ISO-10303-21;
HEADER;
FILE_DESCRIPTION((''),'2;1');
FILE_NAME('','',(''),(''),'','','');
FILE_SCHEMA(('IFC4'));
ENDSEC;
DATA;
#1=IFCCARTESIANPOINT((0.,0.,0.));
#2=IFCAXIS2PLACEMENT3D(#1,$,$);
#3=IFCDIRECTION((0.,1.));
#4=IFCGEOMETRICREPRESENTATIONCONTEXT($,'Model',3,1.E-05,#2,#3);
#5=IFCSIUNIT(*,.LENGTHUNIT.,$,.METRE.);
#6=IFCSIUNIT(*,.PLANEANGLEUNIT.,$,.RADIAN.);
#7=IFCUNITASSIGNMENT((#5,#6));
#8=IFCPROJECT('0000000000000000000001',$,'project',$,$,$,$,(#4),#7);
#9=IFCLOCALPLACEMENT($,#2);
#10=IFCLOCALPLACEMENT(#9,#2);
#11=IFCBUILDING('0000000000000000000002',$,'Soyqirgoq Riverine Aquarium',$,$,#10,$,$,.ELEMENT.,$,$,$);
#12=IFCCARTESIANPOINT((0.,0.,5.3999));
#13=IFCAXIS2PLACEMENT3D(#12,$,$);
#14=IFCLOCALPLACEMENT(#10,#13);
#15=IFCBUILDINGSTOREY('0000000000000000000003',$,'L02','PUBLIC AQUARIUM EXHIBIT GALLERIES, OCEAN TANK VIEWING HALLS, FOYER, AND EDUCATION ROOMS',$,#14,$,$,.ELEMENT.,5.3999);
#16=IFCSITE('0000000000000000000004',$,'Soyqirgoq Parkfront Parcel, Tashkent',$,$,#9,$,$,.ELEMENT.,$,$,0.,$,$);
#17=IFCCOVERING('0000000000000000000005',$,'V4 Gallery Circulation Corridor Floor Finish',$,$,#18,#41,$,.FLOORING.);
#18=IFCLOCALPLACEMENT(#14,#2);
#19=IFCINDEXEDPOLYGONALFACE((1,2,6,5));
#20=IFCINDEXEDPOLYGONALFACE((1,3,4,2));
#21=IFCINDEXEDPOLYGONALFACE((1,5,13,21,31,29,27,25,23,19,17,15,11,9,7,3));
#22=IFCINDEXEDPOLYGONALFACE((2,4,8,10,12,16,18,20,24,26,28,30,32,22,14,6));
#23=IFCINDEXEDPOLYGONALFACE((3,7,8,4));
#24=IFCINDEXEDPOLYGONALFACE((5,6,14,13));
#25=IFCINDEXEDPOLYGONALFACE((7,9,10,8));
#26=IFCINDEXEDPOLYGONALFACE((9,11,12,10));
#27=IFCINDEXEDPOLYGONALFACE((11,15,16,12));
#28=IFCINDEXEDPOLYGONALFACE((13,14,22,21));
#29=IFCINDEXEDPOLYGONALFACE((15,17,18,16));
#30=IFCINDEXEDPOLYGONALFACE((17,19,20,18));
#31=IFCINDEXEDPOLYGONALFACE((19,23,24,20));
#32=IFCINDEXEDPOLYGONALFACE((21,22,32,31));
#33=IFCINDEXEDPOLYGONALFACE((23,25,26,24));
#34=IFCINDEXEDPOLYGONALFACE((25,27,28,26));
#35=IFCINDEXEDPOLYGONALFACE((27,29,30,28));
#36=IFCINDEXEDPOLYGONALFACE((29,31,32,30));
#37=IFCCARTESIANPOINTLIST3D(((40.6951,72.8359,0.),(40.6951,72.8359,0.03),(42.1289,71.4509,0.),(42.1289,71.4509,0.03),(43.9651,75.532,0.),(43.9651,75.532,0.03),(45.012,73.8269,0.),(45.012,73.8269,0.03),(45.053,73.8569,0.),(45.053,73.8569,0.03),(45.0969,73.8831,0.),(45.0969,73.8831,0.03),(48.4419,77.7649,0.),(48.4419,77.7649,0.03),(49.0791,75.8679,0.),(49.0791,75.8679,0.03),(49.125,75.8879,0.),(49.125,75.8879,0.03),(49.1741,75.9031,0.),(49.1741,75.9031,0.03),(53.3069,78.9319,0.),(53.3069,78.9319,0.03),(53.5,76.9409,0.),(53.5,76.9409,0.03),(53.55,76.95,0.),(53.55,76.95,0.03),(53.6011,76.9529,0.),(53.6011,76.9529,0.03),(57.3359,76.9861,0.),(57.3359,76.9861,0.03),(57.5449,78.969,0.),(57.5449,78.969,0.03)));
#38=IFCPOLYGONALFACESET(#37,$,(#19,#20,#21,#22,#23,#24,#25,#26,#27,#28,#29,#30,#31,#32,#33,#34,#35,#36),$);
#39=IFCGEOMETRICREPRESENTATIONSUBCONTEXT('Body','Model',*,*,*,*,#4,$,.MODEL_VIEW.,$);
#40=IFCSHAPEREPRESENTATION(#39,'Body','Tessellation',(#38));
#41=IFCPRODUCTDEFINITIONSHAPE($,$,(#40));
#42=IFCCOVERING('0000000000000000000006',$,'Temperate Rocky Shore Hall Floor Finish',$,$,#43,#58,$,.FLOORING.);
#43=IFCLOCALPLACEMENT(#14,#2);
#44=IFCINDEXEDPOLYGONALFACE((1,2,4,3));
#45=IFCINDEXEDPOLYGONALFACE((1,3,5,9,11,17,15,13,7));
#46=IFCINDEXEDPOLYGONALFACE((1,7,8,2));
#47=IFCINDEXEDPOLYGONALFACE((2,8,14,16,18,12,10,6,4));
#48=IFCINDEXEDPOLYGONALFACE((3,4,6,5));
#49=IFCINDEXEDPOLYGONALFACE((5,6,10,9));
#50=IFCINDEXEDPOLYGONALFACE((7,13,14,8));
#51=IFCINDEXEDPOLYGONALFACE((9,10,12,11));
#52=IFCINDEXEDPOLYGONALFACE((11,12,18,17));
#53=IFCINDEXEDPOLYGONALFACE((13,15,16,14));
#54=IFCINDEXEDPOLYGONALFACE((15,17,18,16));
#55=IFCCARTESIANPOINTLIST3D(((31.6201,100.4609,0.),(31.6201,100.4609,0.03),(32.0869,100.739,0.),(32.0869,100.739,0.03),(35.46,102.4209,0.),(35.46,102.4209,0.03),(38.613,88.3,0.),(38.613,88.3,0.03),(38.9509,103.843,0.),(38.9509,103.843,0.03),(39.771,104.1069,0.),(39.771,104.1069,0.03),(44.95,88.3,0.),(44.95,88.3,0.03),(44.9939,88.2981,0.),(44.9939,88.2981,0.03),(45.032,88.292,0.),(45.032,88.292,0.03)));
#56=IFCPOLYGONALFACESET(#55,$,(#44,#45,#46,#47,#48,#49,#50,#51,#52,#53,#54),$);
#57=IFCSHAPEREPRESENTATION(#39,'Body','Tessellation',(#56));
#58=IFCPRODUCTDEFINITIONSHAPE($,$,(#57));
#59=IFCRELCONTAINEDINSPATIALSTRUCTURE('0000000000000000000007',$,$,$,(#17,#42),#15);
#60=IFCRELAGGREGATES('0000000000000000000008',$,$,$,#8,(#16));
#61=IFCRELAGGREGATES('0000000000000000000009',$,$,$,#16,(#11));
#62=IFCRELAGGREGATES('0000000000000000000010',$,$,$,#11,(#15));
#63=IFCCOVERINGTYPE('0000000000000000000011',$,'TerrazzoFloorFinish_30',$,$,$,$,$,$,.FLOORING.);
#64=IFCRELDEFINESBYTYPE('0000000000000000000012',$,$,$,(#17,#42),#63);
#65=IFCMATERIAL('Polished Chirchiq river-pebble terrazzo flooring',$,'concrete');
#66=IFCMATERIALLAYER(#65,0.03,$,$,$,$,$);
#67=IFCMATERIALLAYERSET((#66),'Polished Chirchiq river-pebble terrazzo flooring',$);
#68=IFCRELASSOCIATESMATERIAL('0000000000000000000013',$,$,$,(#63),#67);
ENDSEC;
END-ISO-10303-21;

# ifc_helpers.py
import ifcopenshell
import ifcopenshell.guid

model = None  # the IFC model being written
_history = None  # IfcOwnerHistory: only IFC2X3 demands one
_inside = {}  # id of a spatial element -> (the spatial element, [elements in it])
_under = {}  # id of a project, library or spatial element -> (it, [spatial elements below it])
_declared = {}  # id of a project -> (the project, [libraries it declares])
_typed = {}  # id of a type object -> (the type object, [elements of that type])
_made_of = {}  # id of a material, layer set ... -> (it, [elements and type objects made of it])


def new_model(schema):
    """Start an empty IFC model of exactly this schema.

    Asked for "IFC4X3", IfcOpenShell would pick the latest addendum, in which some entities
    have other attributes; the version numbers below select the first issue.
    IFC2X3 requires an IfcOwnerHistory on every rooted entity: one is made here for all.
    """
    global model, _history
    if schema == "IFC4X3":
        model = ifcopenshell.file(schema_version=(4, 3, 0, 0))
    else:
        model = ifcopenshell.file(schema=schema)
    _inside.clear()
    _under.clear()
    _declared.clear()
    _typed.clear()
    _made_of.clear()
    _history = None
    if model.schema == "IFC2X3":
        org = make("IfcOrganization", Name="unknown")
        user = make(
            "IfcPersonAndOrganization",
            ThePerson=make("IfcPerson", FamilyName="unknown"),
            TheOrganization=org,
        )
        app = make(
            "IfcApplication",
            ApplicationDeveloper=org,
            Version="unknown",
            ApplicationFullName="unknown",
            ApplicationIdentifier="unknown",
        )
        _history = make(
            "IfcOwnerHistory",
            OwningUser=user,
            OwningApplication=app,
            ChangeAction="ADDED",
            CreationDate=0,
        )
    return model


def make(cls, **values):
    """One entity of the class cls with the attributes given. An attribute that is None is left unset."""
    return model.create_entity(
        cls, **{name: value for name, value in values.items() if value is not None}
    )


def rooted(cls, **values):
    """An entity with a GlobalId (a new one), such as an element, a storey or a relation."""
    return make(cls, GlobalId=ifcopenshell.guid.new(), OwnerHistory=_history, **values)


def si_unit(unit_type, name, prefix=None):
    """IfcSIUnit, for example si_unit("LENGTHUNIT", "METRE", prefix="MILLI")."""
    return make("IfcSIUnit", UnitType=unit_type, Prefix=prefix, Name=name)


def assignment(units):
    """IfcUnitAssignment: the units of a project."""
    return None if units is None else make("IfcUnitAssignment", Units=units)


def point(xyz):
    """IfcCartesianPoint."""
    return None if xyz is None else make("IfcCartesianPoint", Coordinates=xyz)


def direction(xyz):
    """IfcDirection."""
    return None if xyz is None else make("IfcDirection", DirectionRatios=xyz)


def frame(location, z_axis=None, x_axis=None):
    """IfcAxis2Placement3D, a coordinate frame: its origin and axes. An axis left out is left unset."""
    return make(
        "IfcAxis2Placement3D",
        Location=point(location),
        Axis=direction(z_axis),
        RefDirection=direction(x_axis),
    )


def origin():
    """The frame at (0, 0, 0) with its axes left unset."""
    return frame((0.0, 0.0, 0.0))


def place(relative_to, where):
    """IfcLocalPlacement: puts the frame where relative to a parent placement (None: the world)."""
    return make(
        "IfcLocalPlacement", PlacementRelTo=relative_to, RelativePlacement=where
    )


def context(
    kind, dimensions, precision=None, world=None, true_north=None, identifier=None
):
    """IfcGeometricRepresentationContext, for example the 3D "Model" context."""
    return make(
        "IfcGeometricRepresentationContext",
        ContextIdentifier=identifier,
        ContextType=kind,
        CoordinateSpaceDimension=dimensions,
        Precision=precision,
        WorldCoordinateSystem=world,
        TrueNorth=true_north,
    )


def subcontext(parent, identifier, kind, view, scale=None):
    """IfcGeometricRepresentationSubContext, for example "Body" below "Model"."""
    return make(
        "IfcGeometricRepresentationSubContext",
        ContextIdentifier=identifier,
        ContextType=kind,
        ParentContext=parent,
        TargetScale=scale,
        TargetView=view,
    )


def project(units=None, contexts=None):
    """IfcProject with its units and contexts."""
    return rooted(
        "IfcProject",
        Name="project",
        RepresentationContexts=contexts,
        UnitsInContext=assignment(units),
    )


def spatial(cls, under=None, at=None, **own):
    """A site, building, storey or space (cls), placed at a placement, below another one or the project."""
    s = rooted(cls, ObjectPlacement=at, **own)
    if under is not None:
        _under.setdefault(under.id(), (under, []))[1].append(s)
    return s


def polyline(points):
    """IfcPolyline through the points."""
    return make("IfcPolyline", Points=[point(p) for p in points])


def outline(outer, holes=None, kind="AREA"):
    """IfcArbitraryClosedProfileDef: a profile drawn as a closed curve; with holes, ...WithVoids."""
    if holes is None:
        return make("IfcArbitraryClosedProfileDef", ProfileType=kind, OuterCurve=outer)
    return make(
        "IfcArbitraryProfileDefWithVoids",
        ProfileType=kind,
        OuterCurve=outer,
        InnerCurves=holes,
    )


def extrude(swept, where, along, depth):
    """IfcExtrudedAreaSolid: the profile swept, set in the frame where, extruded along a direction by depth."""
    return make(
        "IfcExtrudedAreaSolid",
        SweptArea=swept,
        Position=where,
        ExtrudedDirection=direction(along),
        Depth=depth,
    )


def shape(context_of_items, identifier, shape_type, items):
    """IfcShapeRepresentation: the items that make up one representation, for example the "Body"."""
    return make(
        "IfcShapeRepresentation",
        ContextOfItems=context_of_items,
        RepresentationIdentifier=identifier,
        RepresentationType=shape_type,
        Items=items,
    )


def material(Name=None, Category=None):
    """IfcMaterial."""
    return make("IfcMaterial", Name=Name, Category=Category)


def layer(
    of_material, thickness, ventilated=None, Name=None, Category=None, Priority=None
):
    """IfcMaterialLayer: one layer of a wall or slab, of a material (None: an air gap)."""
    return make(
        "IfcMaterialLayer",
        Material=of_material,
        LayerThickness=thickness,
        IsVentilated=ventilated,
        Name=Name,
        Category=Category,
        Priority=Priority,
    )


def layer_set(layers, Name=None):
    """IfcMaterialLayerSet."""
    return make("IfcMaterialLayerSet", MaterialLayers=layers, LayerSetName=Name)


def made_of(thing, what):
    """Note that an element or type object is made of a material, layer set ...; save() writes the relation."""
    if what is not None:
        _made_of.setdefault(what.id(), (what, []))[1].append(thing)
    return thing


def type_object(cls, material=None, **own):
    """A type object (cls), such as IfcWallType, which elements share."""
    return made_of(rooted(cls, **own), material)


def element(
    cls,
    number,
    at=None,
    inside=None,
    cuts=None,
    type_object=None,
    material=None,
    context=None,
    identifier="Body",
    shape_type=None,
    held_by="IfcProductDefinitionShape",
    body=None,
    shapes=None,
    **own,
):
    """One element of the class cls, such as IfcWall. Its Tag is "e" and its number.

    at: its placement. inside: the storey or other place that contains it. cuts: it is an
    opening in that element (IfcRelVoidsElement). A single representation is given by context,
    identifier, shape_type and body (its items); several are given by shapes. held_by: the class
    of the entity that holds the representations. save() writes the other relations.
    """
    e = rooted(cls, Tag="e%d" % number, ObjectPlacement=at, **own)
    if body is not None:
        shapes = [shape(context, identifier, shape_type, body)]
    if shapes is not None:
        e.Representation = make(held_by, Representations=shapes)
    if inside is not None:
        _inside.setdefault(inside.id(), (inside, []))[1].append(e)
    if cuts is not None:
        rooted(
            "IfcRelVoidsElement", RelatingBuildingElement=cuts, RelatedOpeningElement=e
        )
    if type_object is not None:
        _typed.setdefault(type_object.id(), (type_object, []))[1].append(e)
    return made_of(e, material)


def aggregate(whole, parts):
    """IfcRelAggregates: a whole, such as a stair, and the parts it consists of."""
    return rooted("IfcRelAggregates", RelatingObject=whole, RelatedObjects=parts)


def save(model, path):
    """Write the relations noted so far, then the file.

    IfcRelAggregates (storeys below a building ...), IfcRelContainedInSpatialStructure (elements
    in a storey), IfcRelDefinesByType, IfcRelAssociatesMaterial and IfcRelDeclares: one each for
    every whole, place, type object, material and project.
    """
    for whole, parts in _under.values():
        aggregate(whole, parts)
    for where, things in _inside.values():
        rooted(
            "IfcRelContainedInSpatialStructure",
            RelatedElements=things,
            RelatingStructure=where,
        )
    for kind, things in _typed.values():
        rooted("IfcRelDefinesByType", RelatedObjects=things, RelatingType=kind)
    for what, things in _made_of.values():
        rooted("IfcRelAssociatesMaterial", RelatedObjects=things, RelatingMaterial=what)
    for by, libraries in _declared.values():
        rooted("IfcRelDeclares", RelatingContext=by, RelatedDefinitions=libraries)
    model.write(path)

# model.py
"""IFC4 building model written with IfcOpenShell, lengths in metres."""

from ifc_helpers import new_model, si_unit, direction, frame, origin, place, context, subcontext, project, spatial, polyline, outline, extrude, material, layer, layer_set, type_object, element, save


model = new_model("IFC4")

# Units and contexts
model_context = context("Model", 3, precision=1e-05, world=origin(), true_north=direction((0.0, 1.0)))
body_context = subcontext(model_context, "Body", "Model", "MODEL_VIEW")
ifc_project = project(units=[si_unit("LENGTHUNIT", "METRE"), si_unit("PLANEANGLEUNIT", "RADIAN")], contexts=[model_context])

# Site, building, storey
site_placement = place(None, origin())
site = spatial("IfcSite", under=ifc_project, at=site_placement, Name="Soyqirgoq Parkfront Parcel, Tashkent", CompositionType="ELEMENT", RefElevation=0.0)
building_placement = place(site_placement, origin())
building = spatial("IfcBuilding", under=site, at=building_placement, Name="Soyqirgoq Riverine Aquarium", CompositionType="ELEMENT")
storey_placement = place(building_placement, frame((0.0, 0.0, 5.3999)))
storey = spatial("IfcBuildingStorey", under=building, at=storey_placement, Name="L02", Description="PUBLIC AQUARIUM EXHIBIT GALLERIES, OCEAN TANK VIEWING HALLS, FOYER, AND EDUCATION ROOMS", CompositionType="ELEMENT", Elevation=5.3999)

# Coverings
ifc_material_1 = material(Name="Polished Chirchiq river-pebble terrazzo flooring", Category="concrete")
ifc_layer_1 = layer(ifc_material_1, 0.03)
ifc_layer_set_1 = layer_set([ifc_layer_1], Name="Polished Chirchiq river-pebble terrazzo flooring")
covering_type_1 = type_object("IfcCoveringType", Name="TerrazzoFloorFinish_30", PredefinedType="FLOORING", material=ifc_layer_set_1)
covering_1_placement = place(storey_placement, origin())
element("IfcCovering", 1, at=covering_1_placement, inside=storey, type_object=covering_type_1, Name="V4 Gallery Circulation Corridor Floor Finish", PredefinedType="FLOORING", context=body_context, shape_type="SweptSolid", body=[
    extrude(outline(polyline([(57.3359, 76.9861), (53.6011, 76.9529), (53.55, 76.95), (53.5, 76.9409), (49.1741, 75.9031), (49.125, 75.8879), (49.0791, 75.8679), (45.0969, 73.8831), (45.053, 73.8569), (45.012, 73.8269), (42.1289, 71.4509), (40.6951, 72.8359), (43.9651, 75.532), (48.4419, 77.7649), (53.3069, 78.9319), (57.5449, 78.969), (57.3359, 76.9861)])), origin(), (0.0, 0.0, 1.0), 0.03),
])
covering_2_placement = place(storey_placement, origin())
element("IfcCovering", 2, at=covering_2_placement, inside=storey, type_object=covering_type_1, Name="Temperate Rocky Shore Hall Floor Finish", PredefinedType="FLOORING", context=body_context, shape_type="SweptSolid", body=[
    extrude(outline(polyline([(32.0869, 100.739), (35.46, 102.4209), (38.9509, 103.843), (39.771, 104.1069), (45.032, 88.292), (44.9939, 88.2981), (44.95, 88.3), (38.613, 88.3), (31.6201, 100.4609), (32.0869, 100.739)])), origin(), (0.0, 0.0, 1.0), 0.03),
])

save(model, "model.ifc")
